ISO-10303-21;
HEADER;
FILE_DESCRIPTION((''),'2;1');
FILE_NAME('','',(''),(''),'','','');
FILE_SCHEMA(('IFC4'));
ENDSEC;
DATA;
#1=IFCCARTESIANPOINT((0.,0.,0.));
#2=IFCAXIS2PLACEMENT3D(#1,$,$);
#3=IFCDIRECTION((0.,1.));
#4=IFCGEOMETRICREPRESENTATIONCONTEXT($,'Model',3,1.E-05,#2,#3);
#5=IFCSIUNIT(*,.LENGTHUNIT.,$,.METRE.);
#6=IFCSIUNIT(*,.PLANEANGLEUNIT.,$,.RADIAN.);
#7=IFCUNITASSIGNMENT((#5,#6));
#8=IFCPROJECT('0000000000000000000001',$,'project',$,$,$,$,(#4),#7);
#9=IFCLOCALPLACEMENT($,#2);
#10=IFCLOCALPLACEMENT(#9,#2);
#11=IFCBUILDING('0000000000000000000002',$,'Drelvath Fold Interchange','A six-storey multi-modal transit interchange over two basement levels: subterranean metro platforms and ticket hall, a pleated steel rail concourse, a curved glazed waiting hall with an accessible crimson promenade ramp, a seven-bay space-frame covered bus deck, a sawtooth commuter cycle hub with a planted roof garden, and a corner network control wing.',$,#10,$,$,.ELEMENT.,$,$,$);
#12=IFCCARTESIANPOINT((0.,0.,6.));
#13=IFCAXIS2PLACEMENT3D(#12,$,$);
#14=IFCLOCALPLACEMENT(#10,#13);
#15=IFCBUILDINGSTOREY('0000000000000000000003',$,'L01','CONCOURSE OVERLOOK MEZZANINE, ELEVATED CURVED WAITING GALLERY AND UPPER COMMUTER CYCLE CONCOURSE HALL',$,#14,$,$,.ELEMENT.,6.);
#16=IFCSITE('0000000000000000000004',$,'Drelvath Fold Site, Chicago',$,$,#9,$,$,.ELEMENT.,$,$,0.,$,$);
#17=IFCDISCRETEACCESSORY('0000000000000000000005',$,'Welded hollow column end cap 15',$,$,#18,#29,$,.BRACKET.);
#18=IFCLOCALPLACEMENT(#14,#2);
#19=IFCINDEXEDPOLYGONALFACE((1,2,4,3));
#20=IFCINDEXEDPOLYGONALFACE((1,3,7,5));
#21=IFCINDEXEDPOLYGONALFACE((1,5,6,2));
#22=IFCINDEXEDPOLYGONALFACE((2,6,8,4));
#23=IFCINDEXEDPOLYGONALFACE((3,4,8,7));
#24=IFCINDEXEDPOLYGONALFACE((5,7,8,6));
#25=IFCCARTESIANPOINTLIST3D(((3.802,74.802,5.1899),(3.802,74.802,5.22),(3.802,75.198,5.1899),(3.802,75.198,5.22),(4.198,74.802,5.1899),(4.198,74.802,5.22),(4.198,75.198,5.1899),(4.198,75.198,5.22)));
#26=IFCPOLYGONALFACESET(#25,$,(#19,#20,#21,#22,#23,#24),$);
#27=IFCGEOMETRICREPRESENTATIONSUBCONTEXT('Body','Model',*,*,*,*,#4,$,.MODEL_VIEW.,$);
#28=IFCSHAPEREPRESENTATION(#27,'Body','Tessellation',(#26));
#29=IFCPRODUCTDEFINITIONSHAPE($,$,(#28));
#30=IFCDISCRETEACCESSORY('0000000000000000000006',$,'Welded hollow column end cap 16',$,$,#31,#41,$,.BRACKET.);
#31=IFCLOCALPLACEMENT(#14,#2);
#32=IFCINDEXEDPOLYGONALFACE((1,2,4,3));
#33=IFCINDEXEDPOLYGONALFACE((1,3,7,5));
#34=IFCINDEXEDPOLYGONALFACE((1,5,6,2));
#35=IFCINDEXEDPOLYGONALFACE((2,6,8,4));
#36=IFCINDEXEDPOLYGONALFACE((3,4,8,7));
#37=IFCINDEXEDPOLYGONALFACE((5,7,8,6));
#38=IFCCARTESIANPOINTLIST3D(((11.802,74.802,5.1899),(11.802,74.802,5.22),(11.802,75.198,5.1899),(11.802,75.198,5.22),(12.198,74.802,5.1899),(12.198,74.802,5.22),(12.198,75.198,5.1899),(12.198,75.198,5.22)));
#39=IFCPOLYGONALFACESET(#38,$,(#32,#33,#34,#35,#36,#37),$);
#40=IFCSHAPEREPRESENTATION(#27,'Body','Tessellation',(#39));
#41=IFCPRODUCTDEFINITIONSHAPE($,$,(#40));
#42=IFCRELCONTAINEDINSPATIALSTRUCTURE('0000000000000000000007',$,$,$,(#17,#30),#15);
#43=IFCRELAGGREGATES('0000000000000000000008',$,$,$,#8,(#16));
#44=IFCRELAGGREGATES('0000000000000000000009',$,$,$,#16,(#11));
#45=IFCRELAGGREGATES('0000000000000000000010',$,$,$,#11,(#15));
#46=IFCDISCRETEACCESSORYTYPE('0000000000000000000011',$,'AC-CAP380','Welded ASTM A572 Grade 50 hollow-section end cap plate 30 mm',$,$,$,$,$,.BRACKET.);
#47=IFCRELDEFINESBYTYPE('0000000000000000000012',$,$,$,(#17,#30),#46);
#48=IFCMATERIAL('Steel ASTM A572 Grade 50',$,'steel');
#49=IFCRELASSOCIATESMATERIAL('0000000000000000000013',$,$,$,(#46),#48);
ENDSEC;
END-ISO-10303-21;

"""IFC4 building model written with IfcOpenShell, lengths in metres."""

from ifc_helpers import new_model, si_unit, direction, frame, origin, origin_2d, place, context, subcontext, project, spatial, rectangle, extrude, material, type_object, element, save


model = new_model("IFC4")

# Units and contexts
model_context = context("Model", 3, precision=1e-05, world=origin(), true_north=direction((0.0, 1.0)))
body_context = subcontext(model_context, "Body", "Model", "MODEL_VIEW")
ifc_project = project(units=[si_unit("LENGTHUNIT", "METRE"), si_unit("PLANEANGLEUNIT", "RADIAN")], contexts=[model_context])

# Site, building, storey
site_placement = place(None, origin())
site = spatial("IfcSite", under=ifc_project, at=site_placement, Name="Drelvath Fold Site, Chicago", CompositionType="ELEMENT", RefElevation=0.0)
building_placement = place(site_placement, origin())
building = spatial("IfcBuilding", under=site, at=building_placement, Name="Drelvath Fold Interchange", Description="A six-storey multi-modal transit interchange over two basement levels: subterranean metro platforms and ticket hall, a pleated steel rail concourse, a curved glazed waiting hall with an accessible crimson promenade ramp, a seven-bay space-frame covered bus deck, a sawtooth commuter cycle hub with a planted roof garden, and a corner network control wing.", CompositionType="ELEMENT")
storey_placement = place(building_placement, frame((0.0, 0.0, 6.0)))
storey = spatial("IfcBuildingStorey", under=building, at=storey_placement, Name="L01", Description="CONCOURSE OVERLOOK MEZZANINE, ELEVATED CURVED WAITING GALLERY AND UPPER COMMUTER CYCLE CONCOURSE HALL", CompositionType="ELEMENT", Elevation=6.0)

# Discrete accessories
ifc_material_1 = material(Name="Steel ASTM A572 Grade 50", Category="steel")
discrete_accessory_type = type_object("IfcDiscreteAccessoryType", Name="AC-CAP380", Description="Welded ASTM A572 Grade 50 hollow-section end cap plate 30 mm", PredefinedType="BRACKET", material=ifc_material_1)
for number, where, z_axis, x_axis, name in (
    (1, (4.0, 75.0, 5.1899), (0.0, 0.0, 1.0), (1.0, 0.0, 0.0), "Welded hollow column end cap 15"),
    (2, (12.0, 75.0, 5.1899), (0.0, 0.0, 1.0), (1.0, 0.0, 0.0), "Welded hollow column end cap 16"),
):
    element("IfcDiscreteAccessory", number, at=place(storey_placement, frame(where, z_axis=z_axis, x_axis=x_axis)), inside=storey, type_object=discrete_accessory_type, Name=name, PredefinedType="BRACKET", context=body_context, shape_type="SweptSolid", body=[
        extrude(rectangle(XDim=0.396, YDim=0.396, at=origin_2d()), origin(), (0.0, 0.0, 1.0), 0.03),
    ])

save(model, "model.ifc")
